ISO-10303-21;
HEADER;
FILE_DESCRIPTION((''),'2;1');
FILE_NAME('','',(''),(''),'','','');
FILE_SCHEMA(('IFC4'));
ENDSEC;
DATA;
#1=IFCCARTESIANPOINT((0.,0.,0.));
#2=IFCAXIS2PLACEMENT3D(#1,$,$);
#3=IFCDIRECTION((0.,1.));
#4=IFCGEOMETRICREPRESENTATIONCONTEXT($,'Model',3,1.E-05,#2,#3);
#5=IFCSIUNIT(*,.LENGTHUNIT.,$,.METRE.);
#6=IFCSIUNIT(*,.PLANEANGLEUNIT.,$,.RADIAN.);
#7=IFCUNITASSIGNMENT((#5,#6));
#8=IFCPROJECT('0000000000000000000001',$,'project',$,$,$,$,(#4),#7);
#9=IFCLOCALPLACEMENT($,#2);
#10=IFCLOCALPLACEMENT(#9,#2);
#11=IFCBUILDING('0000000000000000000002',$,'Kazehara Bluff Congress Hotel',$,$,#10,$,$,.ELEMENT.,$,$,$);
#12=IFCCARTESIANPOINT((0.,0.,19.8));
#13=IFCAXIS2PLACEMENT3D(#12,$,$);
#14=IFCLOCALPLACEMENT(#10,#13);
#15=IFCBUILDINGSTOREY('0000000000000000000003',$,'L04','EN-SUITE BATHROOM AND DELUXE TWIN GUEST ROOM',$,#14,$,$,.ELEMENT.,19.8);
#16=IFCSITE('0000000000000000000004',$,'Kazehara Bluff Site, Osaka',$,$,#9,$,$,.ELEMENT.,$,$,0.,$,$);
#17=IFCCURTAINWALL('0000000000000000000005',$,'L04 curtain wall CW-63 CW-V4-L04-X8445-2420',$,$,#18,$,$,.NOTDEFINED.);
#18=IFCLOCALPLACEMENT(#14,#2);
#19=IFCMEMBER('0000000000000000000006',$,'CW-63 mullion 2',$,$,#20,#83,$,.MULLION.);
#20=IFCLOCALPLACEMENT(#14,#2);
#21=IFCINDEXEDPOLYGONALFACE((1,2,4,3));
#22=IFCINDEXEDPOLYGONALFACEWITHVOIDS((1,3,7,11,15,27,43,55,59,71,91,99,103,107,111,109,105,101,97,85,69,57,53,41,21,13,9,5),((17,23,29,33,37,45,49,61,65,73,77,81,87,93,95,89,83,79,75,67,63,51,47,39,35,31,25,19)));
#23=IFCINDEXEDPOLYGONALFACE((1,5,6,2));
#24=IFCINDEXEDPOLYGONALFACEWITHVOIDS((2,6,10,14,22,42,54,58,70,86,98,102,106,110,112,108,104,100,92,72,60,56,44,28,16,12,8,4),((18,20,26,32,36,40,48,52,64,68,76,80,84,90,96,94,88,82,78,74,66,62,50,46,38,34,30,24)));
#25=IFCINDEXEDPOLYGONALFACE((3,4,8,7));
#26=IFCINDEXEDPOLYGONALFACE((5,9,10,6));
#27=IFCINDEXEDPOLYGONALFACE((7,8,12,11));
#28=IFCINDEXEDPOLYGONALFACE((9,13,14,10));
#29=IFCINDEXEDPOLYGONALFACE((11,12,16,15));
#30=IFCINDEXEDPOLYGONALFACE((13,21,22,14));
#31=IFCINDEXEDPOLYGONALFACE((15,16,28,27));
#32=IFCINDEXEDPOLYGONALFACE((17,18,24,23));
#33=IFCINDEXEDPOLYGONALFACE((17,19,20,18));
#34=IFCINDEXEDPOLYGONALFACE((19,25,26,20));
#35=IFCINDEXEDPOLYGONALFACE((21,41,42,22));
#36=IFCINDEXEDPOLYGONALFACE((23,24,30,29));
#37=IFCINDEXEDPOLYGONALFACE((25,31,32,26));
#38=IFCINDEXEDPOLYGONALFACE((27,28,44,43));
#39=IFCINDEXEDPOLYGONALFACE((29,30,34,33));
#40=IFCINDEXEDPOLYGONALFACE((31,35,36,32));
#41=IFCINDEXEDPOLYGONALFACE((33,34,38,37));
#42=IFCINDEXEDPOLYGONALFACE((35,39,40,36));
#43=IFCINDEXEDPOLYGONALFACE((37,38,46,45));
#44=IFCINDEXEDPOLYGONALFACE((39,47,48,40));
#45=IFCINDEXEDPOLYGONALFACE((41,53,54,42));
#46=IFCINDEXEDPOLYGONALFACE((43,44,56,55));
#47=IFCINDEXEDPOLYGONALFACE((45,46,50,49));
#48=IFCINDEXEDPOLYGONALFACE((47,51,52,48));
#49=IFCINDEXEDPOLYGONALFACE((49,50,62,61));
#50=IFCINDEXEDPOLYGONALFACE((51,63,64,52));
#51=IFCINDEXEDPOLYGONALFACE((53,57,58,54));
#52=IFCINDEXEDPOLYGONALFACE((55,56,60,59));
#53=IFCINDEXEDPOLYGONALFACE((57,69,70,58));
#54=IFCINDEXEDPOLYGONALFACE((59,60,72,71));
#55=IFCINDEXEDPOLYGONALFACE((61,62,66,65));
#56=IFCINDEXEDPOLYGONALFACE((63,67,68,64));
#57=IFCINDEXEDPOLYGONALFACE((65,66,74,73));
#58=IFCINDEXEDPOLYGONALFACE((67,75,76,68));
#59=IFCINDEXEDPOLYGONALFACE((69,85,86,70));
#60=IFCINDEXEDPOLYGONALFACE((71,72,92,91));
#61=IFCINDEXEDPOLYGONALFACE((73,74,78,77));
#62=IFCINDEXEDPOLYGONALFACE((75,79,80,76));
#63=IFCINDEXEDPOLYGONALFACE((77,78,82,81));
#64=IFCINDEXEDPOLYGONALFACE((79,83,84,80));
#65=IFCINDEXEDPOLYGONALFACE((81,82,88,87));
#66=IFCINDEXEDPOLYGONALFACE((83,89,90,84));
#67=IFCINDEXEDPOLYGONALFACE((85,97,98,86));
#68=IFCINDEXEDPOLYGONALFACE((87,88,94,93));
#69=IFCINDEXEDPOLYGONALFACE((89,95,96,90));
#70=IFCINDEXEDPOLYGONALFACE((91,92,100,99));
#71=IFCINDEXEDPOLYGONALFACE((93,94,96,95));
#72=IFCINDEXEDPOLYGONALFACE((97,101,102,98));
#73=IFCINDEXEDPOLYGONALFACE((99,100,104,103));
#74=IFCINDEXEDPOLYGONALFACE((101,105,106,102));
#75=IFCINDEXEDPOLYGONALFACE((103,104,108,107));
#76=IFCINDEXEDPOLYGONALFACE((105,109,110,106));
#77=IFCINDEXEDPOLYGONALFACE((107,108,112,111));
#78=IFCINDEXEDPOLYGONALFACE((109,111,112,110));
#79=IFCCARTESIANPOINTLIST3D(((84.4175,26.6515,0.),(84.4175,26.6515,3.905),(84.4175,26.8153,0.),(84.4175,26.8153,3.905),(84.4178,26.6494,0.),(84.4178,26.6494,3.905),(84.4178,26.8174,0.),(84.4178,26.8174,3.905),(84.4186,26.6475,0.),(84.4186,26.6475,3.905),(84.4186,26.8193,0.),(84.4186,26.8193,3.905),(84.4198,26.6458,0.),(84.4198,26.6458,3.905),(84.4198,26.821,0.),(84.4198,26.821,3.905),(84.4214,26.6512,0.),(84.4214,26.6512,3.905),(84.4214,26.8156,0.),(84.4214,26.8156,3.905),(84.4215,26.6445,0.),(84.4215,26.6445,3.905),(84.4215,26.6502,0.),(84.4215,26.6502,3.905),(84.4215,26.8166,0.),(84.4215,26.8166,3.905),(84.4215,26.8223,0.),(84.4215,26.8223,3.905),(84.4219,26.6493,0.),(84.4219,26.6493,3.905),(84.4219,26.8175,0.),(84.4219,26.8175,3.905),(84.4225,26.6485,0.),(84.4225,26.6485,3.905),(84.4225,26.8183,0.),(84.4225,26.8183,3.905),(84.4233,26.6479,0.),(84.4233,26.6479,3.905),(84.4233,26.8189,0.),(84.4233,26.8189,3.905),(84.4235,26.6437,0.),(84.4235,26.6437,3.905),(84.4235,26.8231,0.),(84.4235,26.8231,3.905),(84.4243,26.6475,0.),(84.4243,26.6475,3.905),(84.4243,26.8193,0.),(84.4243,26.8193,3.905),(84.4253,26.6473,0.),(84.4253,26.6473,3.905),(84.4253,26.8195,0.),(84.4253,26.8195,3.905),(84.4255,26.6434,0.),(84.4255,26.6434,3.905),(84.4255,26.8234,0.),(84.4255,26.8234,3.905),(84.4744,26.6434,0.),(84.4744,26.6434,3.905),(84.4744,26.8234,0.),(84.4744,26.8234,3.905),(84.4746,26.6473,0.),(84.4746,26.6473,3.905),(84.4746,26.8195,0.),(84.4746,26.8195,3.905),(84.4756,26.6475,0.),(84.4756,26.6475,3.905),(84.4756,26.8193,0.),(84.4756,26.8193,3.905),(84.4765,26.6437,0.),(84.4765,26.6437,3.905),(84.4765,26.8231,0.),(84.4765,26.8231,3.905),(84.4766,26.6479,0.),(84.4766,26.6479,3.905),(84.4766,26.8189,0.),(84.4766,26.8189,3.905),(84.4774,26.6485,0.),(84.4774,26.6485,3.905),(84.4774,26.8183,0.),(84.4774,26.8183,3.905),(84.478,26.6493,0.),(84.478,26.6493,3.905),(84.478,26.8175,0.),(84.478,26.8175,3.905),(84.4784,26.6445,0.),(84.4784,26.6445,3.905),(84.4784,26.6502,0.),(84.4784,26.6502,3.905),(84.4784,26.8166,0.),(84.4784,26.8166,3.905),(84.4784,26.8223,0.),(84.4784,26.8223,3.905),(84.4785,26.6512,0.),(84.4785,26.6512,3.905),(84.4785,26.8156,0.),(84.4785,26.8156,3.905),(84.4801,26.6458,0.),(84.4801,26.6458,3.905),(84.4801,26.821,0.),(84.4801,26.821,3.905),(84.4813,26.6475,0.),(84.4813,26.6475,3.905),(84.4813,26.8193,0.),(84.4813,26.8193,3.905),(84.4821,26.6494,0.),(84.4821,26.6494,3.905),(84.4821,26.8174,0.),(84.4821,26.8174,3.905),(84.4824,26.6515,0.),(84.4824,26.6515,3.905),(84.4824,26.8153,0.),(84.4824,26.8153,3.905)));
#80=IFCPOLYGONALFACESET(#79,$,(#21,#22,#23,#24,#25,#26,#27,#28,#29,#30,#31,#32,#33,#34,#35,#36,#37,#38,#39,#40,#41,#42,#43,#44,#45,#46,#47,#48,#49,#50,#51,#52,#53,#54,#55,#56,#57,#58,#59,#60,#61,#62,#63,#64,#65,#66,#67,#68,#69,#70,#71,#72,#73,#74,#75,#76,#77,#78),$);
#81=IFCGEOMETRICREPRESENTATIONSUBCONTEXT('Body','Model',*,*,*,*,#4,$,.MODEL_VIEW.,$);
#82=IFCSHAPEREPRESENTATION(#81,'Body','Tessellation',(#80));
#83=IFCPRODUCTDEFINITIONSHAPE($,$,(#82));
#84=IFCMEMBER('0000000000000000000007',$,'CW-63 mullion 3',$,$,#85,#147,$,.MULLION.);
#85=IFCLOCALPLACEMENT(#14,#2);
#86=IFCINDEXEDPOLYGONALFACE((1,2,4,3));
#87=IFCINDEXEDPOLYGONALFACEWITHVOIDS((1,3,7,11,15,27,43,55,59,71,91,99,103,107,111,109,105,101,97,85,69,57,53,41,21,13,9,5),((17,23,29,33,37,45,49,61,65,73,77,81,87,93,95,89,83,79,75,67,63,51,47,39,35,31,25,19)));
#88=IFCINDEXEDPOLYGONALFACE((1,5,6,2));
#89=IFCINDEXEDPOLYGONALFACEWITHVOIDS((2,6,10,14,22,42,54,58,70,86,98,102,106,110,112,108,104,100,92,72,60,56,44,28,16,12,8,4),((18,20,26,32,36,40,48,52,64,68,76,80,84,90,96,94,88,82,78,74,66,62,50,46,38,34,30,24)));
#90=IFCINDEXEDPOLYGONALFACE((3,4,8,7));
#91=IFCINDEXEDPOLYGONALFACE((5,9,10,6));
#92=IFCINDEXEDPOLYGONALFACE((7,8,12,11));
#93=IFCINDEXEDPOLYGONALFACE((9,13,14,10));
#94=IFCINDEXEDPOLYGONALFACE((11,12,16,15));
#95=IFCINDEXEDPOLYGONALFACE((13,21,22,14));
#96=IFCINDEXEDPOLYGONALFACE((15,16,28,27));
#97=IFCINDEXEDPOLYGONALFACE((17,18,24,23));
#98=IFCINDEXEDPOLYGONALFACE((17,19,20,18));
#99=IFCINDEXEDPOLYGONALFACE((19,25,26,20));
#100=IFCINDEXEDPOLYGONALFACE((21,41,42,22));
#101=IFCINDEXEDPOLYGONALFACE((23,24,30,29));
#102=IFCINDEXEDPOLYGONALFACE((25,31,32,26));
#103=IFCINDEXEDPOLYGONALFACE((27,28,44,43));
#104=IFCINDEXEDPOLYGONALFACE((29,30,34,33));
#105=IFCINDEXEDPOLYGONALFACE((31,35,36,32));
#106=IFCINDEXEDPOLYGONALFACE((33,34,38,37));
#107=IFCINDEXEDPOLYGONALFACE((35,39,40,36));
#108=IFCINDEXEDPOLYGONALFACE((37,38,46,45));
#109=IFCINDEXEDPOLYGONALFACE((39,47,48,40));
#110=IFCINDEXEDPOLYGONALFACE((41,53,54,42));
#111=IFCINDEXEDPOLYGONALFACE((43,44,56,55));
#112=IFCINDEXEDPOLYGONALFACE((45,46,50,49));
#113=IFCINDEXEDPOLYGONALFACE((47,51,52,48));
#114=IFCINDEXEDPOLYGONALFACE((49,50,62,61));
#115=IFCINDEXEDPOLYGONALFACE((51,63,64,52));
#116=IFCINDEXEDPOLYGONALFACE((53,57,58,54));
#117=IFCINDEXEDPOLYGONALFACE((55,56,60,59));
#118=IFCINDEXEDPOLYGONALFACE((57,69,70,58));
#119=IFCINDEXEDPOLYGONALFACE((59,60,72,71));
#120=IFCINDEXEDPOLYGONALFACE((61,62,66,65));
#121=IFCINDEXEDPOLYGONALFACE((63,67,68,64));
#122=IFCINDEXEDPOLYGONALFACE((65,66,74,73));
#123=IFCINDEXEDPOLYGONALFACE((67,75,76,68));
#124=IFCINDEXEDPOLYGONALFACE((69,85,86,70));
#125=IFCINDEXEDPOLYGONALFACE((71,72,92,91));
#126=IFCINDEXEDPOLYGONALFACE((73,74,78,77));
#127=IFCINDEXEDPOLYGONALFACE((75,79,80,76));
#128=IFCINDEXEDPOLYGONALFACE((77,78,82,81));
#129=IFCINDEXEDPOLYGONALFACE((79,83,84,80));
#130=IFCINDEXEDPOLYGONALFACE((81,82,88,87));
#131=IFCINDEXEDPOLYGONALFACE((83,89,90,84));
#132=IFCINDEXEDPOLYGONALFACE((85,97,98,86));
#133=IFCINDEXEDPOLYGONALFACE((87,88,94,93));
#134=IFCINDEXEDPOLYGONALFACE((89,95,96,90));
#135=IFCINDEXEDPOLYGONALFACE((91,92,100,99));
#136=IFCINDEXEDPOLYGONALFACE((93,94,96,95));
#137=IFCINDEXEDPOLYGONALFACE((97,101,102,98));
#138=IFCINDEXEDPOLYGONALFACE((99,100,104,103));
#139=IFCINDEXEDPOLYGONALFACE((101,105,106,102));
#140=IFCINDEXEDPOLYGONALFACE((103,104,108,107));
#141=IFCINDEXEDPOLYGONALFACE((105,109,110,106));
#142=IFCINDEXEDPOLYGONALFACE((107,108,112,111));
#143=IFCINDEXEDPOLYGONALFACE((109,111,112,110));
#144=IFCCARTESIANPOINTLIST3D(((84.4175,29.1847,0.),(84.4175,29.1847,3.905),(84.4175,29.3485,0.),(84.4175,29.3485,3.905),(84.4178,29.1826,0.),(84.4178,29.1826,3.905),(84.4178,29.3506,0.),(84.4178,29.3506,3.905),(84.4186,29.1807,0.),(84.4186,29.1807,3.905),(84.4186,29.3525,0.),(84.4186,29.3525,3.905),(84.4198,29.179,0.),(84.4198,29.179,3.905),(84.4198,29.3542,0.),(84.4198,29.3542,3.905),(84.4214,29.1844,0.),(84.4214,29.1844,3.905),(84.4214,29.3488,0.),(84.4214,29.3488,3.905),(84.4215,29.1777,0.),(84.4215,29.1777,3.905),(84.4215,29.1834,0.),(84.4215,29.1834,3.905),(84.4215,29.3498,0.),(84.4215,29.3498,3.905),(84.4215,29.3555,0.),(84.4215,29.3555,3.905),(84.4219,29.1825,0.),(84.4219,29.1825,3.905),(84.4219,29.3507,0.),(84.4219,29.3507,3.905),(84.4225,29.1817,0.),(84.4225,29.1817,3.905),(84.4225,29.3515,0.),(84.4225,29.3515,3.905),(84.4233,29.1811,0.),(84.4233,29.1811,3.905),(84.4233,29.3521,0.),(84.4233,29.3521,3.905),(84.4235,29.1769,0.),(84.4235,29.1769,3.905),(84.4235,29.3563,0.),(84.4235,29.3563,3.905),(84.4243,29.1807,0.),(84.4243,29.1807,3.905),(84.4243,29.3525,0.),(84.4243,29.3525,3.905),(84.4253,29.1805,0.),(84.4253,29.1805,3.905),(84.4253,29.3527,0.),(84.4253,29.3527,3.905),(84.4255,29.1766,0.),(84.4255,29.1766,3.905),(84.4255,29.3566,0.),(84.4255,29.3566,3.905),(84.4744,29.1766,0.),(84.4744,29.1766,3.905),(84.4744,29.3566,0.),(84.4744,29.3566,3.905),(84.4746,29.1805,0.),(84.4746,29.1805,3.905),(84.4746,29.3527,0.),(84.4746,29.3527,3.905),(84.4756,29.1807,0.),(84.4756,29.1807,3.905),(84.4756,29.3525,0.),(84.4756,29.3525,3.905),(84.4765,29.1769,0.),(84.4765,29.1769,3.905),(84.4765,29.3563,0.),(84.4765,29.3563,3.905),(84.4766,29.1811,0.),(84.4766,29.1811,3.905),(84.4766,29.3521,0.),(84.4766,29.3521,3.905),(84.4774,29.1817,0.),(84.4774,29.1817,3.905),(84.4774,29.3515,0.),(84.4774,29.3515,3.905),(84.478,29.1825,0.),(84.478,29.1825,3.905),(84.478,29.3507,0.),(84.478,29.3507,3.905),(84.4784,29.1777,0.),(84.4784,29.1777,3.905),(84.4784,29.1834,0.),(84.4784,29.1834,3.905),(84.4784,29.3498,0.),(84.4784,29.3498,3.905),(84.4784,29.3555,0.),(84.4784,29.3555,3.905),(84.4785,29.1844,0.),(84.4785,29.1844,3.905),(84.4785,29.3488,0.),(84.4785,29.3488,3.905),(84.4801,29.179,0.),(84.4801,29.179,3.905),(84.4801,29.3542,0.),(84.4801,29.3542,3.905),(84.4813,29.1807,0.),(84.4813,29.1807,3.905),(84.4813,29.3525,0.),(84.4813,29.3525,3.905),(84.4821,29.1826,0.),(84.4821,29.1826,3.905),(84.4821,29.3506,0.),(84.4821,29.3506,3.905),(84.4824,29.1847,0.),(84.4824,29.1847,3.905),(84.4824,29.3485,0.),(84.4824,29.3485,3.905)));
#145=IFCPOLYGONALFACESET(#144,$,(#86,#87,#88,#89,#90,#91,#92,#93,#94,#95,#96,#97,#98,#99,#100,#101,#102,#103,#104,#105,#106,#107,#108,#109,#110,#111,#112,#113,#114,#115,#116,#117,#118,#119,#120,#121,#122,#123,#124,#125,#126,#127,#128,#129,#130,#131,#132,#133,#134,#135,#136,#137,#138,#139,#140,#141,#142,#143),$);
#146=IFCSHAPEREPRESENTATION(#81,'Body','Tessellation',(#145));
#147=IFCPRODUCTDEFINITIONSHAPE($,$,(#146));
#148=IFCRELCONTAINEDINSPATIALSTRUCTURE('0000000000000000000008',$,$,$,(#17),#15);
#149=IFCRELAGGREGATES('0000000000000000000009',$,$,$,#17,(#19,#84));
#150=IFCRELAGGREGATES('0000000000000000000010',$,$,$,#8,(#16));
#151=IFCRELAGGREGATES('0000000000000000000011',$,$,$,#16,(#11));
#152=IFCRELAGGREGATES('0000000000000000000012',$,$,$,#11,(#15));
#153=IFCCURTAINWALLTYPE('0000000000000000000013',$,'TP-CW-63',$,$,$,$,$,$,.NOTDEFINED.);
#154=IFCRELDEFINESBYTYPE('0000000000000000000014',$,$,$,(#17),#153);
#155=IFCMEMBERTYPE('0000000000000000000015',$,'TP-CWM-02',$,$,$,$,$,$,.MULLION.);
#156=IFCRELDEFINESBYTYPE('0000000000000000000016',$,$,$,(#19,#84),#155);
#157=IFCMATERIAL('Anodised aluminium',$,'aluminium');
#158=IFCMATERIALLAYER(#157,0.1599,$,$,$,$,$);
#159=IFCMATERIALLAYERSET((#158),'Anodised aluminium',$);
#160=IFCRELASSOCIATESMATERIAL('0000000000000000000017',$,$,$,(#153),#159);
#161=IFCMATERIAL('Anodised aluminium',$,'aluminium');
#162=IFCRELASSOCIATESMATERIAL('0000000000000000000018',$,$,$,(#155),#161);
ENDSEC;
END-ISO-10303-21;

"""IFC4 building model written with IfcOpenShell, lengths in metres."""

from ifc_helpers import new_model, si_unit, direction, frame, origin, origin_2d, place, context, subcontext, project, spatial, hollow_rectangle, extrude, material, layer, layer_set, material_profile, profile_set, type_object, element, aggregate, save


model = new_model("IFC4")

# Units and contexts
model_context = context("Model", 3, precision=1e-05, world=origin(), true_north=direction((0.0, 1.0)))
body_context = subcontext(model_context, "Body", "Model", "MODEL_VIEW")
ifc_project = project(units=[si_unit("LENGTHUNIT", "METRE"), si_unit("PLANEANGLEUNIT", "RADIAN")], contexts=[model_context])

# Site, building, storey
site_placement = place(None, origin())
site = spatial("IfcSite", under=ifc_project, at=site_placement, Name="Kazehara Bluff Site, Osaka", CompositionType="ELEMENT", RefElevation=0.0)
building_placement = place(site_placement, origin())
building = spatial("IfcBuilding", under=site, at=building_placement, Name="Kazehara Bluff Congress Hotel", CompositionType="ELEMENT")
storey_placement = place(building_placement, frame((0.0, 0.0, 19.8)))
storey = spatial("IfcBuildingStorey", under=building, at=storey_placement, Name="L04", Description="EN-SUITE BATHROOM AND DELUXE TWIN GUEST ROOM", CompositionType="ELEMENT", Elevation=19.8)

# Curtain wall, members
ifc_material_1 = material(Name="Anodised aluminium", Category="aluminium")
ifc_layer_1 = layer(ifc_material_1, 0.1599)
ifc_layer_set_1 = layer_set([ifc_layer_1], Name="Anodised aluminium")
curtain_wall_type = type_object("IfcCurtainWallType", Name="TP-CW-63", PredefinedType="NOTDEFINED", material=ifc_layer_set_1)
curtain_wall_placement = place(storey_placement, origin())
curtain_wall = element("IfcCurtainWall", 1, at=curtain_wall_placement, inside=storey, type_object=curtain_wall_type, Name="L04 curtain wall CW-63 CW-V4-L04-X8445-2420", PredefinedType="NOTDEFINED")
ifc_material_2 = material(Name="Anodised aluminium", Category="aluminium")
ifc_material_profile_1 = material_profile(ifc_material_2, hollow_rectangle(XDim=0.0649, YDim=0.1799, WallThickness=0.0039, InnerFilletRadius=0.0039, OuterFilletRadius=0.0081, at=origin_2d()))
ifc_profile_set_1 = profile_set([ifc_material_profile_1], Name="Anodised aluminium")
member_type_1 = type_object("IfcMemberType", Name="TP-CWM-02", PredefinedType="MULLION", material=ifc_profile_set_1)
member_1_placement = place(storey_placement, frame((84.45, 26.7334, 0.0), z_axis=(0.0, 0.0, 1.0), x_axis=(-1.0, 0.0, 0.0)))
member_1 = element("IfcMember", 2, at=member_1_placement, type_object=member_type_1, Name="CW-63 mullion 2", PredefinedType="MULLION", context=body_context, shape_type="SweptSolid", body=[
    extrude(hollow_rectangle(XDim=0.0649, YDim=0.1799, WallThickness=0.0039, InnerFilletRadius=0.0039, OuterFilletRadius=0.0081, at=origin_2d()), origin(), (0.0, 0.0, 1.0), 3.905),
])
member_2_placement = place(storey_placement, frame((84.45, 29.2666, 0.0), z_axis=(0.0, 0.0, 1.0), x_axis=(-1.0, 0.0, 0.0)))
member_2 = element("IfcMember", 3, at=member_2_placement, type_object=member_type_1, Name="CW-63 mullion 3", PredefinedType="MULLION", context=body_context, shape_type="SweptSolid", body=[
    extrude(hollow_rectangle(XDim=0.0649, YDim=0.1799, WallThickness=0.0039, InnerFilletRadius=0.0039, OuterFilletRadius=0.0081, at=origin_2d()), origin(), (0.0, 0.0, 1.0), 3.905),
])

aggregate(curtain_wall, [member_1, member_2])

save(model, "model.ifc")
